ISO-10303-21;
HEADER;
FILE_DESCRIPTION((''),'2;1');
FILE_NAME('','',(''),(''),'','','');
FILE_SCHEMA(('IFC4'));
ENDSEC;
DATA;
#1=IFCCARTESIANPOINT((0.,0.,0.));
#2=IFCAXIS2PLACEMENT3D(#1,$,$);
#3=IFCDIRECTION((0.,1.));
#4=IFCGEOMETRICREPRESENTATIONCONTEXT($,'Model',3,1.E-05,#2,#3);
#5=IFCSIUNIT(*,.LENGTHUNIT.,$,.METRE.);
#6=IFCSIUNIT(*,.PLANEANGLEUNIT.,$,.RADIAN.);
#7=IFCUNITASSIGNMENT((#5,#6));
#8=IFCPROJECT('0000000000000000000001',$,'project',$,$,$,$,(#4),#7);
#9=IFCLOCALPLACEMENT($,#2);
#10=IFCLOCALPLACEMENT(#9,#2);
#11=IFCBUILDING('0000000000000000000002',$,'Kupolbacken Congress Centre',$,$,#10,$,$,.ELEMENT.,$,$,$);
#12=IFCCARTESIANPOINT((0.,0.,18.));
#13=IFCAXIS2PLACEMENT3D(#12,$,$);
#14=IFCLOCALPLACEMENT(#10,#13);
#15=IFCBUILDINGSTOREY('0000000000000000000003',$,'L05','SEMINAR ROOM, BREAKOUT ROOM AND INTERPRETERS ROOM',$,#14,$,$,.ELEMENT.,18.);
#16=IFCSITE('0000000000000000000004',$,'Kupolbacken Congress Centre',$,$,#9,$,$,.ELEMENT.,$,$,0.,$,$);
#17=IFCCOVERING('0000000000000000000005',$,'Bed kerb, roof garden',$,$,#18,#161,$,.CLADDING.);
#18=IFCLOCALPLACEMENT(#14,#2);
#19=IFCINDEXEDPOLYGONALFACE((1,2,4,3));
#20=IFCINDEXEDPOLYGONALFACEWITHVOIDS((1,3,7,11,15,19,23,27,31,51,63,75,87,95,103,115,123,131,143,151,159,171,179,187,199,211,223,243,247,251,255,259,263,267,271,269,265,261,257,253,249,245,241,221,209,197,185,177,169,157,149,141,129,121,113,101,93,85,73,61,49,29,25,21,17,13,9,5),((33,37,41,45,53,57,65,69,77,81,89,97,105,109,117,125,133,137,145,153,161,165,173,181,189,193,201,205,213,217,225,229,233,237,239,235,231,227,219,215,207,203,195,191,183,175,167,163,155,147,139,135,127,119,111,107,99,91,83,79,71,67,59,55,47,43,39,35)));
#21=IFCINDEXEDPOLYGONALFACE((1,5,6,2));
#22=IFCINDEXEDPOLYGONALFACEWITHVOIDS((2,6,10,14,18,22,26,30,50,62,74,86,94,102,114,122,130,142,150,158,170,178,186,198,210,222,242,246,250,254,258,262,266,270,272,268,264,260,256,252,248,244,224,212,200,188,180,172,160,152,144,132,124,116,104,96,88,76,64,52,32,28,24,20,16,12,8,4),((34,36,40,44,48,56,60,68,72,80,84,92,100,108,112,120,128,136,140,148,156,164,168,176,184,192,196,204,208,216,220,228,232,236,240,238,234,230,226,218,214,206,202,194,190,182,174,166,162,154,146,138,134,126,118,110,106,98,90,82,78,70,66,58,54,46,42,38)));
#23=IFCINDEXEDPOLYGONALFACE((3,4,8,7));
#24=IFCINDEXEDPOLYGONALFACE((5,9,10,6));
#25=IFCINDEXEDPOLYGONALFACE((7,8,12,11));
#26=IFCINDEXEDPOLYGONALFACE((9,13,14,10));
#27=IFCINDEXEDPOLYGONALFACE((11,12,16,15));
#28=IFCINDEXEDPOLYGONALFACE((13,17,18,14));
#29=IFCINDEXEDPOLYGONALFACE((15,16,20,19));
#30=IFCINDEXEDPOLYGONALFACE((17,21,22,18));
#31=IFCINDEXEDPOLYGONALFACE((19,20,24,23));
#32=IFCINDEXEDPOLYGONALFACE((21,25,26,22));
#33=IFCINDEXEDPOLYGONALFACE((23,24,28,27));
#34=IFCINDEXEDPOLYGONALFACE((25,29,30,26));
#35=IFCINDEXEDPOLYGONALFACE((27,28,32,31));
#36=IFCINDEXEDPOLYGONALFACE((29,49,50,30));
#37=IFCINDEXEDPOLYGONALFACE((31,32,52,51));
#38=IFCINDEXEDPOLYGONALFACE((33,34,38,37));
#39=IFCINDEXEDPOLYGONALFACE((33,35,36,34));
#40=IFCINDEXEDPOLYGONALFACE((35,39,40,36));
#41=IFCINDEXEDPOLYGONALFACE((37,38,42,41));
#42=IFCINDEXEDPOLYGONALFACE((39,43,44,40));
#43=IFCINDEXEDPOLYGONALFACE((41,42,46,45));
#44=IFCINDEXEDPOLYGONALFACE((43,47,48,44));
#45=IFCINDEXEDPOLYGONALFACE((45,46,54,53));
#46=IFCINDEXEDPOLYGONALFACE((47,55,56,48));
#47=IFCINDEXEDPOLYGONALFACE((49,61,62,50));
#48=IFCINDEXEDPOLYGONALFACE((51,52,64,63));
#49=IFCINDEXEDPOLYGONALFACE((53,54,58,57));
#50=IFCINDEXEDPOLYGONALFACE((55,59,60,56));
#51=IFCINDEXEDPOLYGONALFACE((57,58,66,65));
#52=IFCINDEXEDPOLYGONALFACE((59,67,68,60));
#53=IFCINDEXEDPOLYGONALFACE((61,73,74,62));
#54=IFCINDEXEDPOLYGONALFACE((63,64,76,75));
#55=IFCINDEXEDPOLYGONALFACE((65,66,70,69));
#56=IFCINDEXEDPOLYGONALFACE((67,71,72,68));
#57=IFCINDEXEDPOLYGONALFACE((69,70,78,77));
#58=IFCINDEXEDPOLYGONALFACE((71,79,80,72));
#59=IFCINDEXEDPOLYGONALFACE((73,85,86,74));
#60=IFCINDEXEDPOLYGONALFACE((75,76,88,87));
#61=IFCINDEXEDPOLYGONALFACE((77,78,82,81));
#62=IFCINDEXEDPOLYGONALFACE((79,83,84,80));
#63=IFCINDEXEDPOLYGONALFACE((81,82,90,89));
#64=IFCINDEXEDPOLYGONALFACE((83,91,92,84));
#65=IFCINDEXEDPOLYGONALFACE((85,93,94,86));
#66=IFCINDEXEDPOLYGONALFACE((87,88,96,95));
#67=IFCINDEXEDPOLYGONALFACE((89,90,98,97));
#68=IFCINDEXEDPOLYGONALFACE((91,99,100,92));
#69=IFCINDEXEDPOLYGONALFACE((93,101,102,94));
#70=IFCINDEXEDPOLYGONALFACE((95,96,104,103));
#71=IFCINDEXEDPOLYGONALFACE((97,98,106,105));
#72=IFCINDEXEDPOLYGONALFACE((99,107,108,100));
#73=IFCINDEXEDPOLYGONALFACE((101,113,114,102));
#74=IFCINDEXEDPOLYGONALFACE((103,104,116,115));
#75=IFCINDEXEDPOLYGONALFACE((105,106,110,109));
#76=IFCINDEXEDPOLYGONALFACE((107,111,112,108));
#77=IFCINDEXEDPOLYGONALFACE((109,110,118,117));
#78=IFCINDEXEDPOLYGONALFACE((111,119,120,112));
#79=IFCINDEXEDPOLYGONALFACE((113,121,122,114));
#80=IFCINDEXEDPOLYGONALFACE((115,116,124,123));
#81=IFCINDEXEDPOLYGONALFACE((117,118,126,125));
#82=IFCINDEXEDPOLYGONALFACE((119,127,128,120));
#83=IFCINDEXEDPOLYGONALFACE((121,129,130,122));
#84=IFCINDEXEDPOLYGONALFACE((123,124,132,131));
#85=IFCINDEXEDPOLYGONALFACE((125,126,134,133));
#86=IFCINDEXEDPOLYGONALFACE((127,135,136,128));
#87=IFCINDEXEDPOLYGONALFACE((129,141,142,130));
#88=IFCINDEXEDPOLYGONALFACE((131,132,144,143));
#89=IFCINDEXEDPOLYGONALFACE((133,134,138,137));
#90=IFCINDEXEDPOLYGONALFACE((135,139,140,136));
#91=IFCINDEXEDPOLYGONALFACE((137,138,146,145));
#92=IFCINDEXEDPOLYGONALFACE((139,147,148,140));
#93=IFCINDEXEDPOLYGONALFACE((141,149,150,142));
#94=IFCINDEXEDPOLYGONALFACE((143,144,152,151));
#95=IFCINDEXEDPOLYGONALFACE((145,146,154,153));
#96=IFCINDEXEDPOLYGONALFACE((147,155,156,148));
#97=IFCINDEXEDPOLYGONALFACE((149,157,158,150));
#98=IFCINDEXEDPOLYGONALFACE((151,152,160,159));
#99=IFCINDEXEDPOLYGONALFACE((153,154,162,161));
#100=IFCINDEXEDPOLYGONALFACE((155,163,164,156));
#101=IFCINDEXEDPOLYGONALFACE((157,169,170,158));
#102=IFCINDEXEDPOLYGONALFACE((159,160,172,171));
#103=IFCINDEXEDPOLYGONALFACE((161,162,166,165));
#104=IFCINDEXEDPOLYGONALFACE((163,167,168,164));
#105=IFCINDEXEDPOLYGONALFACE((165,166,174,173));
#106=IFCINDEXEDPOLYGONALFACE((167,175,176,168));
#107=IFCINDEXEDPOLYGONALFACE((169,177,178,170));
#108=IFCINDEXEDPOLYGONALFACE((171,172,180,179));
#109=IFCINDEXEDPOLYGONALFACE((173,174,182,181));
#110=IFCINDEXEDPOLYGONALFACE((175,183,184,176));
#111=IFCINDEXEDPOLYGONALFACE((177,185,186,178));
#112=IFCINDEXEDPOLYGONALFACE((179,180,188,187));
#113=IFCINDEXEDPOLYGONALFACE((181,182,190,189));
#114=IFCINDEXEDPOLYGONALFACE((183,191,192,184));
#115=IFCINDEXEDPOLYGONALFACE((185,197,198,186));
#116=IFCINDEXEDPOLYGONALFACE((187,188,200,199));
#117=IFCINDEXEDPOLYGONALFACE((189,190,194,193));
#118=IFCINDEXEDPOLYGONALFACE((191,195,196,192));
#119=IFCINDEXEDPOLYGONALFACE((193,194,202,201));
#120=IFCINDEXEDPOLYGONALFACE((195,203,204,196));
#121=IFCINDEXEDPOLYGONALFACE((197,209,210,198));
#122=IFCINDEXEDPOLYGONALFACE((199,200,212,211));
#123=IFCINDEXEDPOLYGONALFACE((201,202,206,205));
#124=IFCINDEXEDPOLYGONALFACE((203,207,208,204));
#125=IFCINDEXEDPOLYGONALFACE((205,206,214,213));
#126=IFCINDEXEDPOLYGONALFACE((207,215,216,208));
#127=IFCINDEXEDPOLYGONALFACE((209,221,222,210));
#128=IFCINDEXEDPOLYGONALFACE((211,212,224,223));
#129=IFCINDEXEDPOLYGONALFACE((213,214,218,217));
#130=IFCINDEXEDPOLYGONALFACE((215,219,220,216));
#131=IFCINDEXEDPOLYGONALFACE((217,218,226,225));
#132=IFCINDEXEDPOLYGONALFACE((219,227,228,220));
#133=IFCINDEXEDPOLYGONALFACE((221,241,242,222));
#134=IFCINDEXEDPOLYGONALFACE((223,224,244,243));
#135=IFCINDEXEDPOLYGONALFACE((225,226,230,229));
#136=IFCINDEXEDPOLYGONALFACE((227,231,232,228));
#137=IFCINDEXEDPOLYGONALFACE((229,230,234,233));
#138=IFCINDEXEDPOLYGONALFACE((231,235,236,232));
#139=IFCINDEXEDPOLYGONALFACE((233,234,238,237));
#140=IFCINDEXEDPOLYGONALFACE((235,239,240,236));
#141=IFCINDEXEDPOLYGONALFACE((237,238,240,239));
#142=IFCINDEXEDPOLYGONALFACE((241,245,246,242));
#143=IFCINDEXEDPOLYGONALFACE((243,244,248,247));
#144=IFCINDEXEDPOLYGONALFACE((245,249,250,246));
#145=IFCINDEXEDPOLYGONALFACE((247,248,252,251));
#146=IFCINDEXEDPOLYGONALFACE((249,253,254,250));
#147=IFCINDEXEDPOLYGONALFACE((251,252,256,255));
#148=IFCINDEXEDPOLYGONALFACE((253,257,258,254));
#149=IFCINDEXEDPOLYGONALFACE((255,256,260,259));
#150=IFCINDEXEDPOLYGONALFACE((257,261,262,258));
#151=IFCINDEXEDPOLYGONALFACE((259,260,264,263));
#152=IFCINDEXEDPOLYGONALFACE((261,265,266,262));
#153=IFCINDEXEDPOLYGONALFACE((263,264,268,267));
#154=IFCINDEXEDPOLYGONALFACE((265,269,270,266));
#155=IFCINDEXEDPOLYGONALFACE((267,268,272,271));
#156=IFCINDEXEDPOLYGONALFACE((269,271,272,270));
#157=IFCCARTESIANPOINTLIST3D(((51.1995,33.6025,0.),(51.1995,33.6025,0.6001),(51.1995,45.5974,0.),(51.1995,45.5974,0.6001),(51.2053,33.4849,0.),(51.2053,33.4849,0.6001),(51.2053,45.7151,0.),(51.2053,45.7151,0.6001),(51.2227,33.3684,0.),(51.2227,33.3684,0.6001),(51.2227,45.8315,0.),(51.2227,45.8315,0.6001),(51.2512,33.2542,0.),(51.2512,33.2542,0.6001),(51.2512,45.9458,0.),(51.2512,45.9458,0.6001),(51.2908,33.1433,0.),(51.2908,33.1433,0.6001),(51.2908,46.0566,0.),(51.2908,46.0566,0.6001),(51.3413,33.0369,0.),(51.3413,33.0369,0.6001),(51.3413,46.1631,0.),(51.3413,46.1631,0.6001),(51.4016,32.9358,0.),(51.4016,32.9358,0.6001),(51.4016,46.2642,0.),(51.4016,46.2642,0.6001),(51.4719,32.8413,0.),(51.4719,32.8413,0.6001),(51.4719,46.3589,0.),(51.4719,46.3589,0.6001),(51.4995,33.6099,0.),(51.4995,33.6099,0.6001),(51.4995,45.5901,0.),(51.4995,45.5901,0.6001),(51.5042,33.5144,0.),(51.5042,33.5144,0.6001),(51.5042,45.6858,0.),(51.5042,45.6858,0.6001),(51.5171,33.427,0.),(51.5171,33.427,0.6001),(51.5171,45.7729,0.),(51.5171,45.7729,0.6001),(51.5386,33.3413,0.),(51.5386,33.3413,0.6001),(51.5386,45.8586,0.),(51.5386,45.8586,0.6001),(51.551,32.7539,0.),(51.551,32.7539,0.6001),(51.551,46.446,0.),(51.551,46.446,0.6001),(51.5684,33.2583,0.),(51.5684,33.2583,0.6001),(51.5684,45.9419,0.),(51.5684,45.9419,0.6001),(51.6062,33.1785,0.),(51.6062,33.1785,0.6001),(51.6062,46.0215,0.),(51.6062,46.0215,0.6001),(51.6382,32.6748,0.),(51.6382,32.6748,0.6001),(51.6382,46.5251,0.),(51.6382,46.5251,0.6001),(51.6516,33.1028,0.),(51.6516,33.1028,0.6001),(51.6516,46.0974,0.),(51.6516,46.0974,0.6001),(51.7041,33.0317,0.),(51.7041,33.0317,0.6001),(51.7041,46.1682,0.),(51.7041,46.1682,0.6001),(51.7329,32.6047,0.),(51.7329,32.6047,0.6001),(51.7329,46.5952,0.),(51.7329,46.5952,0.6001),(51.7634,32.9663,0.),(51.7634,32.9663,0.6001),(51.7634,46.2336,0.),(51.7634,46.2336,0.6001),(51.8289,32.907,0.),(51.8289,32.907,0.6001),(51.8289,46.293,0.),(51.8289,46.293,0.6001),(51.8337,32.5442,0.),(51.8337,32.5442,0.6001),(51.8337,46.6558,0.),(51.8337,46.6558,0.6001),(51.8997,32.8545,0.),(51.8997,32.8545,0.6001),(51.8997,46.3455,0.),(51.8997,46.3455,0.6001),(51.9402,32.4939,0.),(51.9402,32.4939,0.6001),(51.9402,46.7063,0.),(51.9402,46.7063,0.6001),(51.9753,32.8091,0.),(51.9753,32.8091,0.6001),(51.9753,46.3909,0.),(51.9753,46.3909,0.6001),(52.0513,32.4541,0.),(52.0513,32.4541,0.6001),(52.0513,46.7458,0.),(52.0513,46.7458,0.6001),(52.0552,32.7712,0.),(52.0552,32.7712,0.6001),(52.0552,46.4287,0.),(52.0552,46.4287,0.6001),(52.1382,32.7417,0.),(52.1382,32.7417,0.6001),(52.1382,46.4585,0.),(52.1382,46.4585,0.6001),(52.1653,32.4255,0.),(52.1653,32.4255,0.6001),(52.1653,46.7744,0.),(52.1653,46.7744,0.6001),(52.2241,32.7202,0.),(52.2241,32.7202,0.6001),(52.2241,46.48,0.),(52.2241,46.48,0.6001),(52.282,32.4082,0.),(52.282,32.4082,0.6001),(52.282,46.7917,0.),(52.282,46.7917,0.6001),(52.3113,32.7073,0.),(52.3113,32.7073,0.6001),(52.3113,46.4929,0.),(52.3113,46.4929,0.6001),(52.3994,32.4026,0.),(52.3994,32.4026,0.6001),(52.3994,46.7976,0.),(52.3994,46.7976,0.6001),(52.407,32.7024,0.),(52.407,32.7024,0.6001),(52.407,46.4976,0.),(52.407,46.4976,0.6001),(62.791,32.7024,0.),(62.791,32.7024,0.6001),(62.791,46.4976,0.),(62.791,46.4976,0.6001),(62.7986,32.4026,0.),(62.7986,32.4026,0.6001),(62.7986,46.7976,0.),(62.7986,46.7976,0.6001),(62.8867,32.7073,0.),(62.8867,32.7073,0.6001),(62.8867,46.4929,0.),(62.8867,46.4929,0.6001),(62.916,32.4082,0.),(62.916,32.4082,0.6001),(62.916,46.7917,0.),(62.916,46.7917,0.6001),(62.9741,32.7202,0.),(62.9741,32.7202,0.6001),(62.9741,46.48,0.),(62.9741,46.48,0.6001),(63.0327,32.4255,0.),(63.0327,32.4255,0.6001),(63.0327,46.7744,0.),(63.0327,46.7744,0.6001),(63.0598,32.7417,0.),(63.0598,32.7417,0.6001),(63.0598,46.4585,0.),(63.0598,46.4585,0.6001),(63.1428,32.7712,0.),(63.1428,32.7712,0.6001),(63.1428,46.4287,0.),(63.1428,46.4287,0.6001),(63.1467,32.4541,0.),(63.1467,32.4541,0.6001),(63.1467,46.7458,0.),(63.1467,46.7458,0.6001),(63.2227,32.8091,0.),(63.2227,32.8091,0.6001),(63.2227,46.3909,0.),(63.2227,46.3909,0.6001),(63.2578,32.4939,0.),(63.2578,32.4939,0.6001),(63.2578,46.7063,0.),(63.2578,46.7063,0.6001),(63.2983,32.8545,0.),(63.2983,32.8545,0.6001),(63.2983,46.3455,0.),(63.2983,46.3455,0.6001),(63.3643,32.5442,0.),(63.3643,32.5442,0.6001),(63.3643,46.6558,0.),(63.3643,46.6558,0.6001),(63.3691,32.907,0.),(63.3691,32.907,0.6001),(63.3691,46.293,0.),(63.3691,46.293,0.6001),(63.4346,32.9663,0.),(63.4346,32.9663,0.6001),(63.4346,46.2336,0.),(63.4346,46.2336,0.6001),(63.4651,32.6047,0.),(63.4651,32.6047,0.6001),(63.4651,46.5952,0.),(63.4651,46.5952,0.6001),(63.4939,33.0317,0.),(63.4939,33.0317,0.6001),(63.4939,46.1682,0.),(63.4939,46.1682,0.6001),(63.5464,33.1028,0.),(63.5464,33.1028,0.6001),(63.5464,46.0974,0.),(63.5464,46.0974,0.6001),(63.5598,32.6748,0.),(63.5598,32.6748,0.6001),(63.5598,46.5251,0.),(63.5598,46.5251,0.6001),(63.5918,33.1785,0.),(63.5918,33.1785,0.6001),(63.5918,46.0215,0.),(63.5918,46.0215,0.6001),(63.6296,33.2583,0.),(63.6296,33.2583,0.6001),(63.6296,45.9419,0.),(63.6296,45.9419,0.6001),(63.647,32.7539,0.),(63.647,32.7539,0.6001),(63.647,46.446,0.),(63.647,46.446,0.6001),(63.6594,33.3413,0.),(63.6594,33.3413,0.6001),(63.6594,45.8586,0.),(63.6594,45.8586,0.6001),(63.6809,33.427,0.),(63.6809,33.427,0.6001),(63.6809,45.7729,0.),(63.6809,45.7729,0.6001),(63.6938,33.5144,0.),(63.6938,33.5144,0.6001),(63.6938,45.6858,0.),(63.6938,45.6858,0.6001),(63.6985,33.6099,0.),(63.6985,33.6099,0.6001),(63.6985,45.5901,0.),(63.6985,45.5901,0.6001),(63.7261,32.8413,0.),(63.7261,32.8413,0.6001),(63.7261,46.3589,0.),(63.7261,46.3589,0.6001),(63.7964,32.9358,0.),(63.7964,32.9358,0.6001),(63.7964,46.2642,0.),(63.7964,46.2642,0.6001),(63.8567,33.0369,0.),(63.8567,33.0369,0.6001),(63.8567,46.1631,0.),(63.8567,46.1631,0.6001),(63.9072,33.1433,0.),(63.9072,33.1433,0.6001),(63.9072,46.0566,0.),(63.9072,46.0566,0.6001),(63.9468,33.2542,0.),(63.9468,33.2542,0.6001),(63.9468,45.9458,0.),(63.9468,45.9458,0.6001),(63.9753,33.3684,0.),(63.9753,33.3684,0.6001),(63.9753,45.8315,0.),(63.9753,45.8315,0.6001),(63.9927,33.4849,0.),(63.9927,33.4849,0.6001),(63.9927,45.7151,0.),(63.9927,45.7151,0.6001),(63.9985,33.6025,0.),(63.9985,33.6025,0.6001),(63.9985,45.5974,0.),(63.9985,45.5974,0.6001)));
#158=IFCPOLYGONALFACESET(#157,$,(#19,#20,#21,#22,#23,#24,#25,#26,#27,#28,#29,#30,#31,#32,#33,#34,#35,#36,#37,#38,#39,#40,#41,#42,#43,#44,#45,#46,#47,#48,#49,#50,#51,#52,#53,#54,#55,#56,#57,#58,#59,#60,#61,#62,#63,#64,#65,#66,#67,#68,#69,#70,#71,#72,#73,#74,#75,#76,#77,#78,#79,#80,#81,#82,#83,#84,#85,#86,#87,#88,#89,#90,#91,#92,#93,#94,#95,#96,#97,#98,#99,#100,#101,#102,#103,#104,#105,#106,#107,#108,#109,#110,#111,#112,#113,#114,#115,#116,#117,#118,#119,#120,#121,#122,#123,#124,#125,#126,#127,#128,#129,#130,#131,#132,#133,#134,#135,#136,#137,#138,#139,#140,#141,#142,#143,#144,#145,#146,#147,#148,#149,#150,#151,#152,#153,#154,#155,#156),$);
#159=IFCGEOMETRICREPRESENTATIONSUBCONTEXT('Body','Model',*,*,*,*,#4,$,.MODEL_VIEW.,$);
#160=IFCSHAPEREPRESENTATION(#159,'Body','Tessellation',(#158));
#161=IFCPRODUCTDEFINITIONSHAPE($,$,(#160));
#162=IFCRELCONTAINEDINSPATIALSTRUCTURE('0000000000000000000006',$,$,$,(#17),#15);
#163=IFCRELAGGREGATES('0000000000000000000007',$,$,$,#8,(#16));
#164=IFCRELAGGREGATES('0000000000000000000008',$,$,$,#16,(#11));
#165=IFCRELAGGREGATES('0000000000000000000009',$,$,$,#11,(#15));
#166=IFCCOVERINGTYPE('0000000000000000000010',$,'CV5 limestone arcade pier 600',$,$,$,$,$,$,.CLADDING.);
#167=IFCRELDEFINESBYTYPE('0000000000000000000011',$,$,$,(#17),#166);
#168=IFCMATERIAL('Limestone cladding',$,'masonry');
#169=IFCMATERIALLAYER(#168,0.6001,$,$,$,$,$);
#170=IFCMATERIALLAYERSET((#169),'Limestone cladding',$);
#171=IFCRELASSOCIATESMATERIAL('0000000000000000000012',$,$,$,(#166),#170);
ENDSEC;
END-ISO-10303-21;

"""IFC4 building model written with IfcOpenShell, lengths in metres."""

from ifc_helpers import new_model, si_unit, direction, frame, origin, place, context, subcontext, project, spatial, polyline, outline, extrude, material, layer, layer_set, type_object, element, save


model = new_model("IFC4")

# Units and contexts
model_context = context("Model", 3, precision=1e-05, world=origin(), true_north=direction((0.0, 1.0)))
body_context = subcontext(model_context, "Body", "Model", "MODEL_VIEW")
ifc_project = project(units=[si_unit("LENGTHUNIT", "METRE"), si_unit("PLANEANGLEUNIT", "RADIAN")], contexts=[model_context])

# Site, building, storey
site_placement = place(None, origin())
site = spatial("IfcSite", under=ifc_project, at=site_placement, Name="Kupolbacken Congress Centre", CompositionType="ELEMENT", RefElevation=0.0)
building_placement = place(site_placement, origin())
building = spatial("IfcBuilding", under=site, at=building_placement, Name="Kupolbacken Congress Centre", CompositionType="ELEMENT")
storey_placement = place(building_placement, frame((0.0, 0.0, 18.0)))
storey = spatial("IfcBuildingStorey", under=building, at=storey_placement, Name="L05", Description="SEMINAR ROOM, BREAKOUT ROOM AND INTERPRETERS ROOM", CompositionType="ELEMENT", Elevation=18.0)

# Covering
ifc_material_1 = material(Name="Limestone cladding", Category="masonry")
ifc_layer_1 = layer(ifc_material_1, 0.6001)
ifc_layer_set_1 = layer_set([ifc_layer_1], Name="Limestone cladding")
covering_type_1 = type_object("IfcCoveringType", Name="CV5 limestone arcade pier 600", PredefinedType="CLADDING", material=ifc_layer_set_1)
covering_1_placement = place(storey_placement, origin())
element("IfcCovering", 1, at=covering_1_placement, inside=storey, type_object=covering_type_1, Name="Bed kerb, roof garden", PredefinedType="CLADDING", context=body_context, shape_type="SweptSolid", body=[
    extrude(outline(polyline([(62.916, 46.7917), (63.0327, 46.7744), (63.1467, 46.7458), (63.2578, 46.7063), (63.3643, 46.6558), (63.4651, 46.5952), (63.5598, 46.5251), (63.647, 46.446), (63.7261, 46.3589), (63.7964, 46.2642), (63.8567, 46.1631), (63.9072, 46.0566), (63.9468, 45.9458), (63.9753, 45.8315), (63.9927, 45.7151), (63.9985, 45.5974), (63.9985, 33.6025), (63.9927, 33.4849), (63.9753, 33.3684), (63.9468, 33.2542), (63.9072, 33.1433), (63.8567, 33.0369), (63.7964, 32.9358), (63.7261, 32.8413), (63.647, 32.7539), (63.5598, 32.6748), (63.4651, 32.6047), (63.3643, 32.5442), (63.2578, 32.4939), (63.1467, 32.4541), (63.0327, 32.4255), (62.916, 32.4082), (62.7986, 32.4026), (52.3994, 32.4026), (52.282, 32.4082), (52.1653, 32.4255), (52.0513, 32.4541), (51.9402, 32.4939), (51.8337, 32.5442), (51.7329, 32.6047), (51.6382, 32.6748), (51.551, 32.7539), (51.4719, 32.8413), (51.4016, 32.9358), (51.3413, 33.0369), (51.2908, 33.1433), (51.2512, 33.2542), (51.2227, 33.3684), (51.2053, 33.4849), (51.1995, 33.6025), (51.1995, 45.5974), (51.2053, 45.7151), (51.2227, 45.8315), (51.2512, 45.9458), (51.2908, 46.0566), (51.3413, 46.1631), (51.4016, 46.2642), (51.4719, 46.3589), (51.551, 46.446), (51.6382, 46.5251), (51.7329, 46.5952), (51.8337, 46.6558), (51.9402, 46.7063), (52.0513, 46.7458), (52.1653, 46.7744), (52.282, 46.7917), (52.3994, 46.7976), (62.7986, 46.7976), (62.916, 46.7917)]), holes=[polyline([(52.407, 46.4976), (52.3113, 46.4929), (52.2241, 46.48), (52.1382, 46.4585), (52.0552, 46.4287), (51.9753, 46.3909), (51.8997, 46.3455), (51.8289, 46.293), (51.7634, 46.2336), (51.7041, 46.1682), (51.6516, 46.0974), (51.6062, 46.0215), (51.5684, 45.9419), (51.5386, 45.8586), (51.5171, 45.7729), (51.5042, 45.6858), (51.4995, 45.5901), (51.4995, 33.6099), (51.5042, 33.5144), (51.5171, 33.427), (51.5386, 33.3413), (51.5684, 33.2583), (51.6062, 33.1785), (51.6516, 33.1028), (51.7041, 33.0317), (51.7634, 32.9663), (51.8289, 32.907), (51.8997, 32.8545), (51.9753, 32.8091), (52.0552, 32.7712), (52.1382, 32.7417), (52.2241, 32.7202), (52.3113, 32.7073), (52.407, 32.7024), (62.791, 32.7024), (62.8867, 32.7073), (62.9741, 32.7202), (63.0598, 32.7417), (63.1428, 32.7712), (63.2227, 32.8091), (63.2983, 32.8545), (63.3691, 32.907), (63.4346, 32.9663), (63.4939, 33.0317), (63.5464, 33.1028), (63.5918, 33.1785), (63.6296, 33.2583), (63.6594, 33.3413), (63.6809, 33.427), (63.6938, 33.5144), (63.6985, 33.6099), (63.6985, 45.5901), (63.6938, 45.6858), (63.6809, 45.7729), (63.6594, 45.8586), (63.6296, 45.9419), (63.5918, 46.0215), (63.5464, 46.0974), (63.4939, 46.1682), (63.4346, 46.2336), (63.3691, 46.293), (63.2983, 46.3455), (63.2227, 46.3909), (63.1428, 46.4287), (63.0598, 46.4585), (62.9741, 46.48), (62.8867, 46.4929), (62.791, 46.4976), (52.407, 46.4976)])]), origin(), (0.0, 0.0, 1.0), 0.6001),
])

save(model, "model.ifc")
